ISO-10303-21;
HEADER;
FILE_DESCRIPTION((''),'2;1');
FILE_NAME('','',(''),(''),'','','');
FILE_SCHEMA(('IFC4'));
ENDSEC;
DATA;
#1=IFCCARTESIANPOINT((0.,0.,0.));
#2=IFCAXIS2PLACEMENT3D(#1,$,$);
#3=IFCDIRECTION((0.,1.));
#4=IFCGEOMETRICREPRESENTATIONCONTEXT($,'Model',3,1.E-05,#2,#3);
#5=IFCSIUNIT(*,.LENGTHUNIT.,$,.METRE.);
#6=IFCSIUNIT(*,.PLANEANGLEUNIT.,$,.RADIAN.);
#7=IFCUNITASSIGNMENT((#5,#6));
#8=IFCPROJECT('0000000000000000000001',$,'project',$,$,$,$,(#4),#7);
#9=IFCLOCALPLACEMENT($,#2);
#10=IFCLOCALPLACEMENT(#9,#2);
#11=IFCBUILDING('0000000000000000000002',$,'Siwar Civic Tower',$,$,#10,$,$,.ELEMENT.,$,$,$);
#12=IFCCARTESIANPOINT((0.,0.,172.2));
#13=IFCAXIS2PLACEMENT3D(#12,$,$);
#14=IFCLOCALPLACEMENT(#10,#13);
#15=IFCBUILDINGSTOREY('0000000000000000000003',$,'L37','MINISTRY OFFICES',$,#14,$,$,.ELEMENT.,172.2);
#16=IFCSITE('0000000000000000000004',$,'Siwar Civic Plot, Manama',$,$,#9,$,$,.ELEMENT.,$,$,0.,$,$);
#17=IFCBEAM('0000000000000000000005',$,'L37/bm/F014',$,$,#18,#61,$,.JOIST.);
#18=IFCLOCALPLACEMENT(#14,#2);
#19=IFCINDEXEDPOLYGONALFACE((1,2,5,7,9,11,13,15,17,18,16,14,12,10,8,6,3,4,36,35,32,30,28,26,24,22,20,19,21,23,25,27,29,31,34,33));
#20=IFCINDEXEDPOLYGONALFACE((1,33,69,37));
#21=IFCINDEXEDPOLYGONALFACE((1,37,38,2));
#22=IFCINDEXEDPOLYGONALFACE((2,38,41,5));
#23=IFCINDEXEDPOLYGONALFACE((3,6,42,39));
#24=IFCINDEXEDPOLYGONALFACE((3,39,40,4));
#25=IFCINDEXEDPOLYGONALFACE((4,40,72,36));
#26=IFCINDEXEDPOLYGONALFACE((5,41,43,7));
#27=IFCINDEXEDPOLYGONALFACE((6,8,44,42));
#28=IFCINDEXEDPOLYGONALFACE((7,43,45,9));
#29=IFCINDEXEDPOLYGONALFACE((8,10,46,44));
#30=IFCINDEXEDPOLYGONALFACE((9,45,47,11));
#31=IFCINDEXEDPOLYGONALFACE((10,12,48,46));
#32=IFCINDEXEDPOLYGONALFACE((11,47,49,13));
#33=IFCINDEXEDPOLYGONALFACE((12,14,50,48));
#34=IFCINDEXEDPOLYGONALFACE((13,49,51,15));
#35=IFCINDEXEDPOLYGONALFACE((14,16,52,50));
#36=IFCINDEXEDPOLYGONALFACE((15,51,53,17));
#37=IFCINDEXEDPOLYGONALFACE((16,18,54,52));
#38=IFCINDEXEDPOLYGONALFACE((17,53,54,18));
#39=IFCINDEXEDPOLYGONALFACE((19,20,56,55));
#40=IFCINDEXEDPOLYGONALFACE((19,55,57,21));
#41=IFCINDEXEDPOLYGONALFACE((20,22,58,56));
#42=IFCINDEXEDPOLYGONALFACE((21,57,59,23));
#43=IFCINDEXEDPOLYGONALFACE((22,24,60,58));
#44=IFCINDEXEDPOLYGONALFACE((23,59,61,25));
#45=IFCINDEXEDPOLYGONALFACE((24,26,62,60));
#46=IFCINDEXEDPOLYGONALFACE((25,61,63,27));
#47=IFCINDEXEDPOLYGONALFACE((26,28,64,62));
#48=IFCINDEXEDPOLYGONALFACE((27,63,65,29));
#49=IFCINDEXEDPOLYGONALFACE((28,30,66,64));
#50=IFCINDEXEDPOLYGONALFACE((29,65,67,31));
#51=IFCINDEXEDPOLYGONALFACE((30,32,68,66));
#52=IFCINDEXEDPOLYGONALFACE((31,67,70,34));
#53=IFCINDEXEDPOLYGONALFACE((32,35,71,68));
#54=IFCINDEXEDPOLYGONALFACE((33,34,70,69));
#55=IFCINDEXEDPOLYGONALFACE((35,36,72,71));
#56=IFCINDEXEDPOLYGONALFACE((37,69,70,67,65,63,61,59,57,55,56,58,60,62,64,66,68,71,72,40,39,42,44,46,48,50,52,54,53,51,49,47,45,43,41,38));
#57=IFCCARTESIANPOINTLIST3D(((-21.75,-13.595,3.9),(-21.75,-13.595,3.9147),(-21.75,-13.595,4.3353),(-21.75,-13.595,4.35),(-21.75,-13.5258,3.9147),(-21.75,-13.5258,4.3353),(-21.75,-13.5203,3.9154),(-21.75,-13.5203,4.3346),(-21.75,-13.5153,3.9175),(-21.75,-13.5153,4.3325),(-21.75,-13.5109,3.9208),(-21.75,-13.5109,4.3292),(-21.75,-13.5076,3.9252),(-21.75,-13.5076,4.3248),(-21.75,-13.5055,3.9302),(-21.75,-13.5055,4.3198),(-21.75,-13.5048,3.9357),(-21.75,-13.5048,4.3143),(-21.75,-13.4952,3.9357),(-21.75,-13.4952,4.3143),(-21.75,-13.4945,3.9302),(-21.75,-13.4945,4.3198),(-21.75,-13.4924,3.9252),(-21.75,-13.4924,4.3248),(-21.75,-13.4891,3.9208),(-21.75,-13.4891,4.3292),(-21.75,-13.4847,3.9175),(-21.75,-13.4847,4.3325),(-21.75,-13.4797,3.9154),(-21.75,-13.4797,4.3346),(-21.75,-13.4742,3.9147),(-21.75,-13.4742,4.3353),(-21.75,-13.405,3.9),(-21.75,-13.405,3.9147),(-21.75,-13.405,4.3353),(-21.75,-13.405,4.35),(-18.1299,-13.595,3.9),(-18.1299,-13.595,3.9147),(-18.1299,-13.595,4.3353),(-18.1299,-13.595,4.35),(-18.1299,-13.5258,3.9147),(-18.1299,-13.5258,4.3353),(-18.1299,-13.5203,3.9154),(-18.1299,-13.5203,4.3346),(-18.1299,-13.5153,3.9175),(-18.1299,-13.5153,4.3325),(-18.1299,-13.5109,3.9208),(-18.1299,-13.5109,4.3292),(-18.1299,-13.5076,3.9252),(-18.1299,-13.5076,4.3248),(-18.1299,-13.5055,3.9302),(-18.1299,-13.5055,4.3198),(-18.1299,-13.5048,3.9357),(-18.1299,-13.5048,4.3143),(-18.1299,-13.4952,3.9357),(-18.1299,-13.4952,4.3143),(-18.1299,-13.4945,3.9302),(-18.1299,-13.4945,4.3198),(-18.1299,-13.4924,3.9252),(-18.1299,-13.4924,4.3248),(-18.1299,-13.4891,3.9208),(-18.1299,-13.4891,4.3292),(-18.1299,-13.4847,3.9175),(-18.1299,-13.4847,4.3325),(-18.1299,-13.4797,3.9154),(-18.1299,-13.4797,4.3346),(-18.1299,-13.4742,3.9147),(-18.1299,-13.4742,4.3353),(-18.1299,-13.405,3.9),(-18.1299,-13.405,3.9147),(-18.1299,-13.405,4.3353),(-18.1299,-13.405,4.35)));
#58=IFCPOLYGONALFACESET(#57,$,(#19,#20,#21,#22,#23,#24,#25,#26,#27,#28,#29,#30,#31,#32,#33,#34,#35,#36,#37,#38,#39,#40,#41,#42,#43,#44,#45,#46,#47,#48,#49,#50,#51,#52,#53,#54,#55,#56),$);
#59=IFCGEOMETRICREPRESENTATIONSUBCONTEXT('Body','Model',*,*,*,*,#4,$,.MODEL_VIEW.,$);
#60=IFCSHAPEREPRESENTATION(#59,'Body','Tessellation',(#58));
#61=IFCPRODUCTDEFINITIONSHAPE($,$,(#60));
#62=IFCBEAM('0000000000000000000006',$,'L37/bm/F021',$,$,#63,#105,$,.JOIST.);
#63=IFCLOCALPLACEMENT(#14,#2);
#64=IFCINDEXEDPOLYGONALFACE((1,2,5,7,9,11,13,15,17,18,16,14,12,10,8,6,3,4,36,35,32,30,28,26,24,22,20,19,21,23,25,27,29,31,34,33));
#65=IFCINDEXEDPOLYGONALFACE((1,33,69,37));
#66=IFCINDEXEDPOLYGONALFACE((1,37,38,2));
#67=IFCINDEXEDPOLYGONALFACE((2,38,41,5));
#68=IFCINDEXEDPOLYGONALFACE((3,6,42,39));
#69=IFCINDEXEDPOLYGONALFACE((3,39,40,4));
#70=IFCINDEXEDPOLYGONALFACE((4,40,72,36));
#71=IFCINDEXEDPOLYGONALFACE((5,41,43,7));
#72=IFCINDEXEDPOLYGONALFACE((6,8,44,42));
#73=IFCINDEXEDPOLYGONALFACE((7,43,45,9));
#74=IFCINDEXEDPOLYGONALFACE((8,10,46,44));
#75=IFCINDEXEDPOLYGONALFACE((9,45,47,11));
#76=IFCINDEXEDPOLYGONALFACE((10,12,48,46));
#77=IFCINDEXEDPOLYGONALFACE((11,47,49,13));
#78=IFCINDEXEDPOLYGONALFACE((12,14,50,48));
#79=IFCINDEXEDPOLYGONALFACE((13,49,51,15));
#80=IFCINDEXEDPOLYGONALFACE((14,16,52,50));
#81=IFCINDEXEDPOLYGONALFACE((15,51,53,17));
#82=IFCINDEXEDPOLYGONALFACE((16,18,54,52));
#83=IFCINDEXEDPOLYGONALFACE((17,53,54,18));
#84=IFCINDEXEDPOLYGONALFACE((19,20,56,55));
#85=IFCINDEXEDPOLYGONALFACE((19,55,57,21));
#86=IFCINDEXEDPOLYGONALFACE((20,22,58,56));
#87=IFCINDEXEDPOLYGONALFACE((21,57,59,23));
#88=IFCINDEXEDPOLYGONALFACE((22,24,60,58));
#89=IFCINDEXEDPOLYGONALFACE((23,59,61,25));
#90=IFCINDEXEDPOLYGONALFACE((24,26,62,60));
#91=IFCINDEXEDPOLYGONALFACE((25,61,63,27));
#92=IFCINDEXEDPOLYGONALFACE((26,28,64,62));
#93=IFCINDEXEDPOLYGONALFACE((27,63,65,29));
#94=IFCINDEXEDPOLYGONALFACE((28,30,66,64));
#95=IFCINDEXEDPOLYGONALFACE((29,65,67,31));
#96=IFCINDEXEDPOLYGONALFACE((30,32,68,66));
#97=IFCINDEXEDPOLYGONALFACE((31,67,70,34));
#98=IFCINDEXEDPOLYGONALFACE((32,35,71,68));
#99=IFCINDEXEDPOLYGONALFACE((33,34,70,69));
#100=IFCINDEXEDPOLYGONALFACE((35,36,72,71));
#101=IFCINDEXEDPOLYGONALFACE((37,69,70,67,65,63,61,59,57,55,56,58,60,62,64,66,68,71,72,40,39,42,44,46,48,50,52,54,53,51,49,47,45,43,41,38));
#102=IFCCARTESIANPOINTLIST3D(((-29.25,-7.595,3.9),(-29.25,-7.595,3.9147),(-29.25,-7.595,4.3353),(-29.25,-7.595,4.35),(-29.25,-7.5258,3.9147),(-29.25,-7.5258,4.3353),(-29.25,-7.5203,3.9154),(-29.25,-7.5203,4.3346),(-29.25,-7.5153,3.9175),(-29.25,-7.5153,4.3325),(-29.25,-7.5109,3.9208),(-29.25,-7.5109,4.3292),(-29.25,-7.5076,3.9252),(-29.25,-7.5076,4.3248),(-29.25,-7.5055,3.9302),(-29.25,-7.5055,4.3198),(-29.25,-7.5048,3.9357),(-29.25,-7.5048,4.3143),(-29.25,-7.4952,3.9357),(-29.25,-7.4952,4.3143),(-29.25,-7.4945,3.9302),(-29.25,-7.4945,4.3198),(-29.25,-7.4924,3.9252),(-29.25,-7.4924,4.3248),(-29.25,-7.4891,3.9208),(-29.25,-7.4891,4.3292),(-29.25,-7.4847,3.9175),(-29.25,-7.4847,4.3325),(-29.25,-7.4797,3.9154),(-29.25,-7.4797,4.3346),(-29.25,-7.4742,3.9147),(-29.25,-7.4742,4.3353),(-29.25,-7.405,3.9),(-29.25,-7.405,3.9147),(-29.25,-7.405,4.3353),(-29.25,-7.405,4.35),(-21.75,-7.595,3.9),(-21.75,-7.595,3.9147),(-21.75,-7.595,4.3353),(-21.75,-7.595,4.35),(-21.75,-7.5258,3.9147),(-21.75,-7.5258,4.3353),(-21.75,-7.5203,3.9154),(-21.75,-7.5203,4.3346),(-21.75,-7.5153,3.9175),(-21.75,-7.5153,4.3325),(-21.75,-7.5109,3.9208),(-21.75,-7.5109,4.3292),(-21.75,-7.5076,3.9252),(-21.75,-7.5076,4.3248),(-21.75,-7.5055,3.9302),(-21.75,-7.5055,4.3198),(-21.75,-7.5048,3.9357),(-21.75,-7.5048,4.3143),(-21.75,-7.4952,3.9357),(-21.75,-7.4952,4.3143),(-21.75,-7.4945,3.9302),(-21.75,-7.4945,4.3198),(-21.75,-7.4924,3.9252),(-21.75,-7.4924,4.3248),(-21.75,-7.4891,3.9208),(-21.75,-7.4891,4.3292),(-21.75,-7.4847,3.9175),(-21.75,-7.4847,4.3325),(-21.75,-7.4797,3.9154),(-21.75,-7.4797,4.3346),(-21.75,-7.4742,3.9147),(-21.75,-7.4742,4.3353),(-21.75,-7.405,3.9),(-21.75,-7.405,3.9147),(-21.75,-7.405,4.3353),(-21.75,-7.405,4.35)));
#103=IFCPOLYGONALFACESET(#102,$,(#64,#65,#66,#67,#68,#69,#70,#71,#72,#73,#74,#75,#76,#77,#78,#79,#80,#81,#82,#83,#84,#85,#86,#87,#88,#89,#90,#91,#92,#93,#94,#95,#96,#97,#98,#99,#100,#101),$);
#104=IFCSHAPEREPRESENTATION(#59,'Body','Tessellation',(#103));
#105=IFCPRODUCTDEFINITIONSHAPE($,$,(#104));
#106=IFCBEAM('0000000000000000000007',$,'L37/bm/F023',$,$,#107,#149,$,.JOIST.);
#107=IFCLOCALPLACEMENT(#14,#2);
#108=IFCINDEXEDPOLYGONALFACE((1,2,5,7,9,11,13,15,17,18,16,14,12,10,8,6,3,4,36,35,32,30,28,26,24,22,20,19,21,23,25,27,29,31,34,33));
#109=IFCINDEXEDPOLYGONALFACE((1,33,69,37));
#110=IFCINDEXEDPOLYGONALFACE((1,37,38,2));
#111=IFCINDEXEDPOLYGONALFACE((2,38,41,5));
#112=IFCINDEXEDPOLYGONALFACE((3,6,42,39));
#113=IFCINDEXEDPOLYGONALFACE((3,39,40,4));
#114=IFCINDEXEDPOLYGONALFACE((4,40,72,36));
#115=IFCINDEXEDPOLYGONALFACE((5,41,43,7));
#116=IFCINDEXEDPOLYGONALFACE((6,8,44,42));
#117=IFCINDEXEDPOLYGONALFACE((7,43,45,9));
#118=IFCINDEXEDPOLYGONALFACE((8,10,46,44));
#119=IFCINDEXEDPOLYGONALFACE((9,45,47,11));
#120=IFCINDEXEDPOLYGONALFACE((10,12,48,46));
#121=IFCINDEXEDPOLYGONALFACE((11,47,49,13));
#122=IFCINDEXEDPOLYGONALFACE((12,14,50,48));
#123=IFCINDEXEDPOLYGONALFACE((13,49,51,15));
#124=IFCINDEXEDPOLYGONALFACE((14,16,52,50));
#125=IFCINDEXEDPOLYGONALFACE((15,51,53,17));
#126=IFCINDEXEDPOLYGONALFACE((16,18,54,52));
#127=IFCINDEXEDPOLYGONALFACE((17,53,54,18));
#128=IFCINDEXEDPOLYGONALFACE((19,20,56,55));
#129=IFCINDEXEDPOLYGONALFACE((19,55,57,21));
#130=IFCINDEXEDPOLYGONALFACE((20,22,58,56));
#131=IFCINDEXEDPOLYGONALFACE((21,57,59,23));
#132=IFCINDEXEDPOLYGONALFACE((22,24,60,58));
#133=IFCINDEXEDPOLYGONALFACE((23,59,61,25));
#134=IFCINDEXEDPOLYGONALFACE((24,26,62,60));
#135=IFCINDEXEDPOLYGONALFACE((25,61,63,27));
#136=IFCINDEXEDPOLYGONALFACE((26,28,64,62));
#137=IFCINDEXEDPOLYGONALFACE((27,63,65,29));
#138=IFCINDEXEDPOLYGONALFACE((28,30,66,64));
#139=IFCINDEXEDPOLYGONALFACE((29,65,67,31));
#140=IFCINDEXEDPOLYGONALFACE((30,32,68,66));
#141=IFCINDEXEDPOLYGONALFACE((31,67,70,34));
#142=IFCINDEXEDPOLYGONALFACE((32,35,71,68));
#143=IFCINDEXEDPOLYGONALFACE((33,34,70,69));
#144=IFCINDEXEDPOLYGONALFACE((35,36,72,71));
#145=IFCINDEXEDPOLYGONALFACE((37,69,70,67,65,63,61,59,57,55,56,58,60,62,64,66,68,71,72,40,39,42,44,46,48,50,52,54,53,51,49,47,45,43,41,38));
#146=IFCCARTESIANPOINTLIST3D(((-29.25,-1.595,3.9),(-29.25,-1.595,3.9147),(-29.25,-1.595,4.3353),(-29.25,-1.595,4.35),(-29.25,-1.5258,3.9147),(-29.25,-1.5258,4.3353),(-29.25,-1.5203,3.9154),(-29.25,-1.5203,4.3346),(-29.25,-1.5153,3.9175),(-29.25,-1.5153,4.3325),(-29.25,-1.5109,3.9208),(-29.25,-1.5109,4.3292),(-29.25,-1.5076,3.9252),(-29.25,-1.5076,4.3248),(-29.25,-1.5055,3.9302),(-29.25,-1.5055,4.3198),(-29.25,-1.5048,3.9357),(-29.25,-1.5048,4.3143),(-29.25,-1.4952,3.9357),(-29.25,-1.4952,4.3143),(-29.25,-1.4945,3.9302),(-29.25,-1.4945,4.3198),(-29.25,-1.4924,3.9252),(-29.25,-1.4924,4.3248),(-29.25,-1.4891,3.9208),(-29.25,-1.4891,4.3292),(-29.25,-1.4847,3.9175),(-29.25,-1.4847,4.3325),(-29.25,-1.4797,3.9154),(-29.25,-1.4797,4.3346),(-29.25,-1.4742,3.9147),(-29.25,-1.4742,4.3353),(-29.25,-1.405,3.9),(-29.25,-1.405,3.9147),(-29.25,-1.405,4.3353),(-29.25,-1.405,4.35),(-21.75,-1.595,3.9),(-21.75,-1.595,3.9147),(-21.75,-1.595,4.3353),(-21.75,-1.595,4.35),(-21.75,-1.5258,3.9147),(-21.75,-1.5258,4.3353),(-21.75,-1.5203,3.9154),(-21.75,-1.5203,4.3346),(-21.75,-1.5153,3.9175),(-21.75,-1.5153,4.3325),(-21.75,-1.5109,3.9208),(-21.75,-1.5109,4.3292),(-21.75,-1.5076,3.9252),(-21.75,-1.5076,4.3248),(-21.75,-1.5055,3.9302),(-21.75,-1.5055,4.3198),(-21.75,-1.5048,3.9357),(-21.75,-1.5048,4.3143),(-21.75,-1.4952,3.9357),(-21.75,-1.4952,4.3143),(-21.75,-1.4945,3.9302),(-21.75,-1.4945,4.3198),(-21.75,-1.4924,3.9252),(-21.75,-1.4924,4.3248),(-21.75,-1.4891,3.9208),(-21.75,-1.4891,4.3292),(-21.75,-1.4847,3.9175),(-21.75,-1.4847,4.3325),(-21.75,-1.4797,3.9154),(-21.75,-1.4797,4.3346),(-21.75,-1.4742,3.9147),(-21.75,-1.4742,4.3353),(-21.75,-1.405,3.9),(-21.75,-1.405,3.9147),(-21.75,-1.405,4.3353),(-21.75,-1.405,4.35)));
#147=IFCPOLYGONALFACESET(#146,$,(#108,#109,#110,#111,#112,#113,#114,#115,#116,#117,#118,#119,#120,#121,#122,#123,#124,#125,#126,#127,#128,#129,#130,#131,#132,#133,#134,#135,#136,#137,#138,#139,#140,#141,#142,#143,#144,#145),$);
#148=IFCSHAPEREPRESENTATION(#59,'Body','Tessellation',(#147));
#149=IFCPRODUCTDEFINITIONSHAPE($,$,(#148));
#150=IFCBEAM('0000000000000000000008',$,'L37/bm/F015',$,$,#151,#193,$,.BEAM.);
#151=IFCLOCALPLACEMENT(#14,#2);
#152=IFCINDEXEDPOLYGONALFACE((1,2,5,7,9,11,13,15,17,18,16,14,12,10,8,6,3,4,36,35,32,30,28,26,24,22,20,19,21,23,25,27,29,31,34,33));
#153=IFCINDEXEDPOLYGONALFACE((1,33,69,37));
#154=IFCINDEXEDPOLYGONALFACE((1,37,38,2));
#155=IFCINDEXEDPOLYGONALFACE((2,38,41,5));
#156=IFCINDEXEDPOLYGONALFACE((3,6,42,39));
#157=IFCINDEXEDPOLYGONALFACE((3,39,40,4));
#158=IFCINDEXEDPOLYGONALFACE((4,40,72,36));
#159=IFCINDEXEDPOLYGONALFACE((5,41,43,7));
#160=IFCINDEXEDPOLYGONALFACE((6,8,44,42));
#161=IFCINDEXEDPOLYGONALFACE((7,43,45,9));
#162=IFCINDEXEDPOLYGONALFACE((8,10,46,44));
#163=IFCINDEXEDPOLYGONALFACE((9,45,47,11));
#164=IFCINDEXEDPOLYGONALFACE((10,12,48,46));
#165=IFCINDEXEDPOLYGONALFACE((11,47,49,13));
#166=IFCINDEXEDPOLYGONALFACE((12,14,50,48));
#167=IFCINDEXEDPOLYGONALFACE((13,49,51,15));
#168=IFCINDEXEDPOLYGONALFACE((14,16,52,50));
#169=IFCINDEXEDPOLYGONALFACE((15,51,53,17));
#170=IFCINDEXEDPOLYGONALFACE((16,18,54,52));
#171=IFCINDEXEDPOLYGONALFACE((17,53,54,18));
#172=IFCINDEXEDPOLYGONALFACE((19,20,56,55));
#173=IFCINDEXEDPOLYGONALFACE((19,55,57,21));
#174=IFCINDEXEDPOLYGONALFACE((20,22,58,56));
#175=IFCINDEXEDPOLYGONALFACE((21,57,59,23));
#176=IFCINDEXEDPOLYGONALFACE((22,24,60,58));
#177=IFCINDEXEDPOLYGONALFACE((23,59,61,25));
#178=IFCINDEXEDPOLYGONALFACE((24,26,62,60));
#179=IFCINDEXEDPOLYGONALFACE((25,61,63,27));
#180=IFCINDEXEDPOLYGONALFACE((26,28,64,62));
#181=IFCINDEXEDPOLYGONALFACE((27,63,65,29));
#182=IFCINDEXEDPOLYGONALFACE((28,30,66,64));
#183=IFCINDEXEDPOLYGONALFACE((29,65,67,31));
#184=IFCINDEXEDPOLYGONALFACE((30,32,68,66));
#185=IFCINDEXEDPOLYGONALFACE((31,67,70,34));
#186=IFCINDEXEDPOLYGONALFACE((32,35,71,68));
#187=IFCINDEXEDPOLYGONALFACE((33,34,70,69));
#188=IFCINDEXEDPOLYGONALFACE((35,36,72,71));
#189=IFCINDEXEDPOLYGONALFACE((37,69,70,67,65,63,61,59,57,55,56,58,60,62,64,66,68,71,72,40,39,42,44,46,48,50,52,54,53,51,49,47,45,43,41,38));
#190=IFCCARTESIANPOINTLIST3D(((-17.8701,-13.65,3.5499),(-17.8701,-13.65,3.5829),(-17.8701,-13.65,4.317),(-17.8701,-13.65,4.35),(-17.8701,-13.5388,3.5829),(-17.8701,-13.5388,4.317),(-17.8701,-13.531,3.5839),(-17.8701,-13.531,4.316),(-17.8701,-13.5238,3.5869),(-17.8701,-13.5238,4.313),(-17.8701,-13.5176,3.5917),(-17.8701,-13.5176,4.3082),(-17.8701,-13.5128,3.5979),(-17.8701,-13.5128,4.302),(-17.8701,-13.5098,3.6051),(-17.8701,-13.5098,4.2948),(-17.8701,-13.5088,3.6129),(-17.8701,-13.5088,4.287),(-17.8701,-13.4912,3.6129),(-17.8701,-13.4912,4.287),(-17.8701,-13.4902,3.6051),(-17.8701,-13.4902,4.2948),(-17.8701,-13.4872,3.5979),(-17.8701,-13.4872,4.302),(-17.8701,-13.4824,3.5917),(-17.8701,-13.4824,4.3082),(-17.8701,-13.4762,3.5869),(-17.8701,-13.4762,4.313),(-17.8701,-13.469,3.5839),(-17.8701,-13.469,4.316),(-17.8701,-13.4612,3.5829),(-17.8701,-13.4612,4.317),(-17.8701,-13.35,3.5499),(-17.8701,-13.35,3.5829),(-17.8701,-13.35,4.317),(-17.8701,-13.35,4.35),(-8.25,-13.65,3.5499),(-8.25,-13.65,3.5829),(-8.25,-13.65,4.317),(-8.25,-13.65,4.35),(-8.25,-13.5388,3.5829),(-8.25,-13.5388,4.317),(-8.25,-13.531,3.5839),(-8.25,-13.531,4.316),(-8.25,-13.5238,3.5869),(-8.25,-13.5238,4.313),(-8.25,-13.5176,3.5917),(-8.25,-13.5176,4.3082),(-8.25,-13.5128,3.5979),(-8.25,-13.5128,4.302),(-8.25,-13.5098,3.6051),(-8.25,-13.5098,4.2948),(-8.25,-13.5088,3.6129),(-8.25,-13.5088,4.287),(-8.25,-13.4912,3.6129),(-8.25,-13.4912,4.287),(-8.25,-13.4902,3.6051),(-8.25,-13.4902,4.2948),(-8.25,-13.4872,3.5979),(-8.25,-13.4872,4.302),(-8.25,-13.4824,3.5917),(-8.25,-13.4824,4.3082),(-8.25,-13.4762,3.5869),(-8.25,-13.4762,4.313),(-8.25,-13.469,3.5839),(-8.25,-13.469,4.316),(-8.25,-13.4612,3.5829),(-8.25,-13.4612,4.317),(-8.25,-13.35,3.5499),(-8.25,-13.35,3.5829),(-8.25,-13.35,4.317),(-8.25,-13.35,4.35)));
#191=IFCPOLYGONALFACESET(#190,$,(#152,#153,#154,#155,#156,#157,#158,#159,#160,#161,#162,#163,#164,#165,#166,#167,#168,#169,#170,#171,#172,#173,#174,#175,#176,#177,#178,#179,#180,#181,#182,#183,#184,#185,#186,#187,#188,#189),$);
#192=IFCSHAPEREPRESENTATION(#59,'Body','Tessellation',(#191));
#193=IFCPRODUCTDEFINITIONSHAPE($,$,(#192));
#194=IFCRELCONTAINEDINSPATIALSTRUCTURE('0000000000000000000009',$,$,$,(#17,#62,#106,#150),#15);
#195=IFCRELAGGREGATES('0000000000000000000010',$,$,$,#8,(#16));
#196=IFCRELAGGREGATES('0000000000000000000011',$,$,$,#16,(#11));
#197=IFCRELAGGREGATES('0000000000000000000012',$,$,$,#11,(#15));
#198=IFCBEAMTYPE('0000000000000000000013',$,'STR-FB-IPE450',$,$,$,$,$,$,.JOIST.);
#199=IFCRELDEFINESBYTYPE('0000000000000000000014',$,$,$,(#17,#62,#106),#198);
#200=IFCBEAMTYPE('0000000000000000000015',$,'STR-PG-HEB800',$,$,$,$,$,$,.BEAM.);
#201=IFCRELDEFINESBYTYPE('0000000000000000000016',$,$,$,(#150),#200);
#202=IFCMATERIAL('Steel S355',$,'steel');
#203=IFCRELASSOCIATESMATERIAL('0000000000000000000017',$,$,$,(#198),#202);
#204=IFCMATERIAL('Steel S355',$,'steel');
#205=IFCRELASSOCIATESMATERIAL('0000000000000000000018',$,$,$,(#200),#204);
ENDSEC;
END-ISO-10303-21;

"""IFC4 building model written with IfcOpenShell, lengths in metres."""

from ifc_helpers import new_model, si_unit, direction, frame, origin, origin_2d, place, context, subcontext, project, spatial, i_section, extrude, material, material_profile, profile_set, type_object, element, save


model = new_model("IFC4")

# Units and contexts
model_context = context("Model", 3, precision=1e-05, world=origin(), true_north=direction((0.0, 1.0)))
body_context = subcontext(model_context, "Body", "Model", "MODEL_VIEW")
ifc_project = project(units=[si_unit("LENGTHUNIT", "METRE"), si_unit("PLANEANGLEUNIT", "RADIAN")], contexts=[model_context])

# Site, building, storey
site_placement = place(None, origin())
site = spatial("IfcSite", under=ifc_project, at=site_placement, Name="Siwar Civic Plot, Manama", CompositionType="ELEMENT", RefElevation=0.0)
building_placement = place(site_placement, origin())
building = spatial("IfcBuilding", under=site, at=building_placement, Name="Siwar Civic Tower", CompositionType="ELEMENT")
storey_placement = place(building_placement, frame((0.0, 0.0, 172.2)))
storey = spatial("IfcBuildingStorey", under=building, at=storey_placement, Name="L37", Description="MINISTRY OFFICES", CompositionType="ELEMENT", Elevation=172.2)

# Beams
ifc_material_1 = material(Name="Steel S355", Category="steel")
ifc_material_profile_1 = material_profile(ifc_material_1, i_section(OverallWidth=0.1899, OverallDepth=0.45, WebThickness=0.0095, FlangeThickness=0.0146, FilletRadius=0.021, at=origin_2d()), Name="IPE450")
ifc_profile_set_1 = profile_set([ifc_material_profile_1], Name="Steel S355")
beam_type_1 = type_object("IfcBeamType", Name="STR-FB-IPE450", PredefinedType="JOIST", material=ifc_profile_set_1)
beam_1_placement = place(storey_placement, frame((-21.75, -13.5, 4.125), z_axis=(1.0, 0.0, 0.0), x_axis=(0.0, 1.0, 0.0)))
element("IfcBeam", 1, at=beam_1_placement, inside=storey, type_object=beam_type_1, Name="L37/bm/F014", PredefinedType="JOIST", context=body_context, shape_type="SweptSolid", body=[
    extrude(i_section(OverallWidth=0.1899, OverallDepth=0.45, WebThickness=0.0095, FlangeThickness=0.0146, FilletRadius=0.021, at=origin_2d()), origin(), (0.0, 0.0, 1.0), 3.6201),
])
for number, where, z_axis, x_axis, name in (
    (2, (-29.25, -7.5, 4.125), (1.0, 0.0, 0.0), (0.0, 1.0, 0.0), "L37/bm/F021"),
    (3, (-29.25, -1.5, 4.125), (1.0, 0.0, 0.0), (0.0, 1.0, 0.0), "L37/bm/F023"),
):
    element("IfcBeam", number, at=place(storey_placement, frame(where, z_axis=z_axis, x_axis=x_axis)), inside=storey, type_object=beam_type_1, Name=name, PredefinedType="JOIST", context=body_context, shape_type="SweptSolid", body=[
        extrude(i_section(OverallWidth=0.1899, OverallDepth=0.45, WebThickness=0.0095, FlangeThickness=0.0146, FilletRadius=0.021, at=origin_2d()), origin(), (0.0, 0.0, 1.0), 7.5),
    ])
ifc_material_2 = material(Name="Steel S355", Category="steel")
ifc_material_profile_2 = material_profile(ifc_material_2, i_section(OverallWidth=0.3, OverallDepth=0.8, WebThickness=0.0176, FlangeThickness=0.033, FilletRadius=0.03, at=origin_2d()), Name="HEB800")
ifc_profile_set_2 = profile_set([ifc_material_profile_2], Name="Steel S355")
beam_type_2 = type_object("IfcBeamType", Name="STR-PG-HEB800", PredefinedType="BEAM", material=ifc_profile_set_2)
beam_2_placement = place(storey_placement, frame((-17.8701, -13.5, 3.95), z_axis=(1.0, 0.0, 0.0), x_axis=(0.0, 1.0, 0.0)))
element("IfcBeam", 4, at=beam_2_placement, inside=storey, type_object=beam_type_2, Name="L37/bm/F015", PredefinedType="BEAM", context=body_context, shape_type="SweptSolid", body=[
    extrude(i_section(OverallWidth=0.3, OverallDepth=0.8, WebThickness=0.0176, FlangeThickness=0.033, FilletRadius=0.03, at=origin_2d()), origin(), (0.0, 0.0, 1.0), 9.6201),
])

save(model, "model.ifc")
